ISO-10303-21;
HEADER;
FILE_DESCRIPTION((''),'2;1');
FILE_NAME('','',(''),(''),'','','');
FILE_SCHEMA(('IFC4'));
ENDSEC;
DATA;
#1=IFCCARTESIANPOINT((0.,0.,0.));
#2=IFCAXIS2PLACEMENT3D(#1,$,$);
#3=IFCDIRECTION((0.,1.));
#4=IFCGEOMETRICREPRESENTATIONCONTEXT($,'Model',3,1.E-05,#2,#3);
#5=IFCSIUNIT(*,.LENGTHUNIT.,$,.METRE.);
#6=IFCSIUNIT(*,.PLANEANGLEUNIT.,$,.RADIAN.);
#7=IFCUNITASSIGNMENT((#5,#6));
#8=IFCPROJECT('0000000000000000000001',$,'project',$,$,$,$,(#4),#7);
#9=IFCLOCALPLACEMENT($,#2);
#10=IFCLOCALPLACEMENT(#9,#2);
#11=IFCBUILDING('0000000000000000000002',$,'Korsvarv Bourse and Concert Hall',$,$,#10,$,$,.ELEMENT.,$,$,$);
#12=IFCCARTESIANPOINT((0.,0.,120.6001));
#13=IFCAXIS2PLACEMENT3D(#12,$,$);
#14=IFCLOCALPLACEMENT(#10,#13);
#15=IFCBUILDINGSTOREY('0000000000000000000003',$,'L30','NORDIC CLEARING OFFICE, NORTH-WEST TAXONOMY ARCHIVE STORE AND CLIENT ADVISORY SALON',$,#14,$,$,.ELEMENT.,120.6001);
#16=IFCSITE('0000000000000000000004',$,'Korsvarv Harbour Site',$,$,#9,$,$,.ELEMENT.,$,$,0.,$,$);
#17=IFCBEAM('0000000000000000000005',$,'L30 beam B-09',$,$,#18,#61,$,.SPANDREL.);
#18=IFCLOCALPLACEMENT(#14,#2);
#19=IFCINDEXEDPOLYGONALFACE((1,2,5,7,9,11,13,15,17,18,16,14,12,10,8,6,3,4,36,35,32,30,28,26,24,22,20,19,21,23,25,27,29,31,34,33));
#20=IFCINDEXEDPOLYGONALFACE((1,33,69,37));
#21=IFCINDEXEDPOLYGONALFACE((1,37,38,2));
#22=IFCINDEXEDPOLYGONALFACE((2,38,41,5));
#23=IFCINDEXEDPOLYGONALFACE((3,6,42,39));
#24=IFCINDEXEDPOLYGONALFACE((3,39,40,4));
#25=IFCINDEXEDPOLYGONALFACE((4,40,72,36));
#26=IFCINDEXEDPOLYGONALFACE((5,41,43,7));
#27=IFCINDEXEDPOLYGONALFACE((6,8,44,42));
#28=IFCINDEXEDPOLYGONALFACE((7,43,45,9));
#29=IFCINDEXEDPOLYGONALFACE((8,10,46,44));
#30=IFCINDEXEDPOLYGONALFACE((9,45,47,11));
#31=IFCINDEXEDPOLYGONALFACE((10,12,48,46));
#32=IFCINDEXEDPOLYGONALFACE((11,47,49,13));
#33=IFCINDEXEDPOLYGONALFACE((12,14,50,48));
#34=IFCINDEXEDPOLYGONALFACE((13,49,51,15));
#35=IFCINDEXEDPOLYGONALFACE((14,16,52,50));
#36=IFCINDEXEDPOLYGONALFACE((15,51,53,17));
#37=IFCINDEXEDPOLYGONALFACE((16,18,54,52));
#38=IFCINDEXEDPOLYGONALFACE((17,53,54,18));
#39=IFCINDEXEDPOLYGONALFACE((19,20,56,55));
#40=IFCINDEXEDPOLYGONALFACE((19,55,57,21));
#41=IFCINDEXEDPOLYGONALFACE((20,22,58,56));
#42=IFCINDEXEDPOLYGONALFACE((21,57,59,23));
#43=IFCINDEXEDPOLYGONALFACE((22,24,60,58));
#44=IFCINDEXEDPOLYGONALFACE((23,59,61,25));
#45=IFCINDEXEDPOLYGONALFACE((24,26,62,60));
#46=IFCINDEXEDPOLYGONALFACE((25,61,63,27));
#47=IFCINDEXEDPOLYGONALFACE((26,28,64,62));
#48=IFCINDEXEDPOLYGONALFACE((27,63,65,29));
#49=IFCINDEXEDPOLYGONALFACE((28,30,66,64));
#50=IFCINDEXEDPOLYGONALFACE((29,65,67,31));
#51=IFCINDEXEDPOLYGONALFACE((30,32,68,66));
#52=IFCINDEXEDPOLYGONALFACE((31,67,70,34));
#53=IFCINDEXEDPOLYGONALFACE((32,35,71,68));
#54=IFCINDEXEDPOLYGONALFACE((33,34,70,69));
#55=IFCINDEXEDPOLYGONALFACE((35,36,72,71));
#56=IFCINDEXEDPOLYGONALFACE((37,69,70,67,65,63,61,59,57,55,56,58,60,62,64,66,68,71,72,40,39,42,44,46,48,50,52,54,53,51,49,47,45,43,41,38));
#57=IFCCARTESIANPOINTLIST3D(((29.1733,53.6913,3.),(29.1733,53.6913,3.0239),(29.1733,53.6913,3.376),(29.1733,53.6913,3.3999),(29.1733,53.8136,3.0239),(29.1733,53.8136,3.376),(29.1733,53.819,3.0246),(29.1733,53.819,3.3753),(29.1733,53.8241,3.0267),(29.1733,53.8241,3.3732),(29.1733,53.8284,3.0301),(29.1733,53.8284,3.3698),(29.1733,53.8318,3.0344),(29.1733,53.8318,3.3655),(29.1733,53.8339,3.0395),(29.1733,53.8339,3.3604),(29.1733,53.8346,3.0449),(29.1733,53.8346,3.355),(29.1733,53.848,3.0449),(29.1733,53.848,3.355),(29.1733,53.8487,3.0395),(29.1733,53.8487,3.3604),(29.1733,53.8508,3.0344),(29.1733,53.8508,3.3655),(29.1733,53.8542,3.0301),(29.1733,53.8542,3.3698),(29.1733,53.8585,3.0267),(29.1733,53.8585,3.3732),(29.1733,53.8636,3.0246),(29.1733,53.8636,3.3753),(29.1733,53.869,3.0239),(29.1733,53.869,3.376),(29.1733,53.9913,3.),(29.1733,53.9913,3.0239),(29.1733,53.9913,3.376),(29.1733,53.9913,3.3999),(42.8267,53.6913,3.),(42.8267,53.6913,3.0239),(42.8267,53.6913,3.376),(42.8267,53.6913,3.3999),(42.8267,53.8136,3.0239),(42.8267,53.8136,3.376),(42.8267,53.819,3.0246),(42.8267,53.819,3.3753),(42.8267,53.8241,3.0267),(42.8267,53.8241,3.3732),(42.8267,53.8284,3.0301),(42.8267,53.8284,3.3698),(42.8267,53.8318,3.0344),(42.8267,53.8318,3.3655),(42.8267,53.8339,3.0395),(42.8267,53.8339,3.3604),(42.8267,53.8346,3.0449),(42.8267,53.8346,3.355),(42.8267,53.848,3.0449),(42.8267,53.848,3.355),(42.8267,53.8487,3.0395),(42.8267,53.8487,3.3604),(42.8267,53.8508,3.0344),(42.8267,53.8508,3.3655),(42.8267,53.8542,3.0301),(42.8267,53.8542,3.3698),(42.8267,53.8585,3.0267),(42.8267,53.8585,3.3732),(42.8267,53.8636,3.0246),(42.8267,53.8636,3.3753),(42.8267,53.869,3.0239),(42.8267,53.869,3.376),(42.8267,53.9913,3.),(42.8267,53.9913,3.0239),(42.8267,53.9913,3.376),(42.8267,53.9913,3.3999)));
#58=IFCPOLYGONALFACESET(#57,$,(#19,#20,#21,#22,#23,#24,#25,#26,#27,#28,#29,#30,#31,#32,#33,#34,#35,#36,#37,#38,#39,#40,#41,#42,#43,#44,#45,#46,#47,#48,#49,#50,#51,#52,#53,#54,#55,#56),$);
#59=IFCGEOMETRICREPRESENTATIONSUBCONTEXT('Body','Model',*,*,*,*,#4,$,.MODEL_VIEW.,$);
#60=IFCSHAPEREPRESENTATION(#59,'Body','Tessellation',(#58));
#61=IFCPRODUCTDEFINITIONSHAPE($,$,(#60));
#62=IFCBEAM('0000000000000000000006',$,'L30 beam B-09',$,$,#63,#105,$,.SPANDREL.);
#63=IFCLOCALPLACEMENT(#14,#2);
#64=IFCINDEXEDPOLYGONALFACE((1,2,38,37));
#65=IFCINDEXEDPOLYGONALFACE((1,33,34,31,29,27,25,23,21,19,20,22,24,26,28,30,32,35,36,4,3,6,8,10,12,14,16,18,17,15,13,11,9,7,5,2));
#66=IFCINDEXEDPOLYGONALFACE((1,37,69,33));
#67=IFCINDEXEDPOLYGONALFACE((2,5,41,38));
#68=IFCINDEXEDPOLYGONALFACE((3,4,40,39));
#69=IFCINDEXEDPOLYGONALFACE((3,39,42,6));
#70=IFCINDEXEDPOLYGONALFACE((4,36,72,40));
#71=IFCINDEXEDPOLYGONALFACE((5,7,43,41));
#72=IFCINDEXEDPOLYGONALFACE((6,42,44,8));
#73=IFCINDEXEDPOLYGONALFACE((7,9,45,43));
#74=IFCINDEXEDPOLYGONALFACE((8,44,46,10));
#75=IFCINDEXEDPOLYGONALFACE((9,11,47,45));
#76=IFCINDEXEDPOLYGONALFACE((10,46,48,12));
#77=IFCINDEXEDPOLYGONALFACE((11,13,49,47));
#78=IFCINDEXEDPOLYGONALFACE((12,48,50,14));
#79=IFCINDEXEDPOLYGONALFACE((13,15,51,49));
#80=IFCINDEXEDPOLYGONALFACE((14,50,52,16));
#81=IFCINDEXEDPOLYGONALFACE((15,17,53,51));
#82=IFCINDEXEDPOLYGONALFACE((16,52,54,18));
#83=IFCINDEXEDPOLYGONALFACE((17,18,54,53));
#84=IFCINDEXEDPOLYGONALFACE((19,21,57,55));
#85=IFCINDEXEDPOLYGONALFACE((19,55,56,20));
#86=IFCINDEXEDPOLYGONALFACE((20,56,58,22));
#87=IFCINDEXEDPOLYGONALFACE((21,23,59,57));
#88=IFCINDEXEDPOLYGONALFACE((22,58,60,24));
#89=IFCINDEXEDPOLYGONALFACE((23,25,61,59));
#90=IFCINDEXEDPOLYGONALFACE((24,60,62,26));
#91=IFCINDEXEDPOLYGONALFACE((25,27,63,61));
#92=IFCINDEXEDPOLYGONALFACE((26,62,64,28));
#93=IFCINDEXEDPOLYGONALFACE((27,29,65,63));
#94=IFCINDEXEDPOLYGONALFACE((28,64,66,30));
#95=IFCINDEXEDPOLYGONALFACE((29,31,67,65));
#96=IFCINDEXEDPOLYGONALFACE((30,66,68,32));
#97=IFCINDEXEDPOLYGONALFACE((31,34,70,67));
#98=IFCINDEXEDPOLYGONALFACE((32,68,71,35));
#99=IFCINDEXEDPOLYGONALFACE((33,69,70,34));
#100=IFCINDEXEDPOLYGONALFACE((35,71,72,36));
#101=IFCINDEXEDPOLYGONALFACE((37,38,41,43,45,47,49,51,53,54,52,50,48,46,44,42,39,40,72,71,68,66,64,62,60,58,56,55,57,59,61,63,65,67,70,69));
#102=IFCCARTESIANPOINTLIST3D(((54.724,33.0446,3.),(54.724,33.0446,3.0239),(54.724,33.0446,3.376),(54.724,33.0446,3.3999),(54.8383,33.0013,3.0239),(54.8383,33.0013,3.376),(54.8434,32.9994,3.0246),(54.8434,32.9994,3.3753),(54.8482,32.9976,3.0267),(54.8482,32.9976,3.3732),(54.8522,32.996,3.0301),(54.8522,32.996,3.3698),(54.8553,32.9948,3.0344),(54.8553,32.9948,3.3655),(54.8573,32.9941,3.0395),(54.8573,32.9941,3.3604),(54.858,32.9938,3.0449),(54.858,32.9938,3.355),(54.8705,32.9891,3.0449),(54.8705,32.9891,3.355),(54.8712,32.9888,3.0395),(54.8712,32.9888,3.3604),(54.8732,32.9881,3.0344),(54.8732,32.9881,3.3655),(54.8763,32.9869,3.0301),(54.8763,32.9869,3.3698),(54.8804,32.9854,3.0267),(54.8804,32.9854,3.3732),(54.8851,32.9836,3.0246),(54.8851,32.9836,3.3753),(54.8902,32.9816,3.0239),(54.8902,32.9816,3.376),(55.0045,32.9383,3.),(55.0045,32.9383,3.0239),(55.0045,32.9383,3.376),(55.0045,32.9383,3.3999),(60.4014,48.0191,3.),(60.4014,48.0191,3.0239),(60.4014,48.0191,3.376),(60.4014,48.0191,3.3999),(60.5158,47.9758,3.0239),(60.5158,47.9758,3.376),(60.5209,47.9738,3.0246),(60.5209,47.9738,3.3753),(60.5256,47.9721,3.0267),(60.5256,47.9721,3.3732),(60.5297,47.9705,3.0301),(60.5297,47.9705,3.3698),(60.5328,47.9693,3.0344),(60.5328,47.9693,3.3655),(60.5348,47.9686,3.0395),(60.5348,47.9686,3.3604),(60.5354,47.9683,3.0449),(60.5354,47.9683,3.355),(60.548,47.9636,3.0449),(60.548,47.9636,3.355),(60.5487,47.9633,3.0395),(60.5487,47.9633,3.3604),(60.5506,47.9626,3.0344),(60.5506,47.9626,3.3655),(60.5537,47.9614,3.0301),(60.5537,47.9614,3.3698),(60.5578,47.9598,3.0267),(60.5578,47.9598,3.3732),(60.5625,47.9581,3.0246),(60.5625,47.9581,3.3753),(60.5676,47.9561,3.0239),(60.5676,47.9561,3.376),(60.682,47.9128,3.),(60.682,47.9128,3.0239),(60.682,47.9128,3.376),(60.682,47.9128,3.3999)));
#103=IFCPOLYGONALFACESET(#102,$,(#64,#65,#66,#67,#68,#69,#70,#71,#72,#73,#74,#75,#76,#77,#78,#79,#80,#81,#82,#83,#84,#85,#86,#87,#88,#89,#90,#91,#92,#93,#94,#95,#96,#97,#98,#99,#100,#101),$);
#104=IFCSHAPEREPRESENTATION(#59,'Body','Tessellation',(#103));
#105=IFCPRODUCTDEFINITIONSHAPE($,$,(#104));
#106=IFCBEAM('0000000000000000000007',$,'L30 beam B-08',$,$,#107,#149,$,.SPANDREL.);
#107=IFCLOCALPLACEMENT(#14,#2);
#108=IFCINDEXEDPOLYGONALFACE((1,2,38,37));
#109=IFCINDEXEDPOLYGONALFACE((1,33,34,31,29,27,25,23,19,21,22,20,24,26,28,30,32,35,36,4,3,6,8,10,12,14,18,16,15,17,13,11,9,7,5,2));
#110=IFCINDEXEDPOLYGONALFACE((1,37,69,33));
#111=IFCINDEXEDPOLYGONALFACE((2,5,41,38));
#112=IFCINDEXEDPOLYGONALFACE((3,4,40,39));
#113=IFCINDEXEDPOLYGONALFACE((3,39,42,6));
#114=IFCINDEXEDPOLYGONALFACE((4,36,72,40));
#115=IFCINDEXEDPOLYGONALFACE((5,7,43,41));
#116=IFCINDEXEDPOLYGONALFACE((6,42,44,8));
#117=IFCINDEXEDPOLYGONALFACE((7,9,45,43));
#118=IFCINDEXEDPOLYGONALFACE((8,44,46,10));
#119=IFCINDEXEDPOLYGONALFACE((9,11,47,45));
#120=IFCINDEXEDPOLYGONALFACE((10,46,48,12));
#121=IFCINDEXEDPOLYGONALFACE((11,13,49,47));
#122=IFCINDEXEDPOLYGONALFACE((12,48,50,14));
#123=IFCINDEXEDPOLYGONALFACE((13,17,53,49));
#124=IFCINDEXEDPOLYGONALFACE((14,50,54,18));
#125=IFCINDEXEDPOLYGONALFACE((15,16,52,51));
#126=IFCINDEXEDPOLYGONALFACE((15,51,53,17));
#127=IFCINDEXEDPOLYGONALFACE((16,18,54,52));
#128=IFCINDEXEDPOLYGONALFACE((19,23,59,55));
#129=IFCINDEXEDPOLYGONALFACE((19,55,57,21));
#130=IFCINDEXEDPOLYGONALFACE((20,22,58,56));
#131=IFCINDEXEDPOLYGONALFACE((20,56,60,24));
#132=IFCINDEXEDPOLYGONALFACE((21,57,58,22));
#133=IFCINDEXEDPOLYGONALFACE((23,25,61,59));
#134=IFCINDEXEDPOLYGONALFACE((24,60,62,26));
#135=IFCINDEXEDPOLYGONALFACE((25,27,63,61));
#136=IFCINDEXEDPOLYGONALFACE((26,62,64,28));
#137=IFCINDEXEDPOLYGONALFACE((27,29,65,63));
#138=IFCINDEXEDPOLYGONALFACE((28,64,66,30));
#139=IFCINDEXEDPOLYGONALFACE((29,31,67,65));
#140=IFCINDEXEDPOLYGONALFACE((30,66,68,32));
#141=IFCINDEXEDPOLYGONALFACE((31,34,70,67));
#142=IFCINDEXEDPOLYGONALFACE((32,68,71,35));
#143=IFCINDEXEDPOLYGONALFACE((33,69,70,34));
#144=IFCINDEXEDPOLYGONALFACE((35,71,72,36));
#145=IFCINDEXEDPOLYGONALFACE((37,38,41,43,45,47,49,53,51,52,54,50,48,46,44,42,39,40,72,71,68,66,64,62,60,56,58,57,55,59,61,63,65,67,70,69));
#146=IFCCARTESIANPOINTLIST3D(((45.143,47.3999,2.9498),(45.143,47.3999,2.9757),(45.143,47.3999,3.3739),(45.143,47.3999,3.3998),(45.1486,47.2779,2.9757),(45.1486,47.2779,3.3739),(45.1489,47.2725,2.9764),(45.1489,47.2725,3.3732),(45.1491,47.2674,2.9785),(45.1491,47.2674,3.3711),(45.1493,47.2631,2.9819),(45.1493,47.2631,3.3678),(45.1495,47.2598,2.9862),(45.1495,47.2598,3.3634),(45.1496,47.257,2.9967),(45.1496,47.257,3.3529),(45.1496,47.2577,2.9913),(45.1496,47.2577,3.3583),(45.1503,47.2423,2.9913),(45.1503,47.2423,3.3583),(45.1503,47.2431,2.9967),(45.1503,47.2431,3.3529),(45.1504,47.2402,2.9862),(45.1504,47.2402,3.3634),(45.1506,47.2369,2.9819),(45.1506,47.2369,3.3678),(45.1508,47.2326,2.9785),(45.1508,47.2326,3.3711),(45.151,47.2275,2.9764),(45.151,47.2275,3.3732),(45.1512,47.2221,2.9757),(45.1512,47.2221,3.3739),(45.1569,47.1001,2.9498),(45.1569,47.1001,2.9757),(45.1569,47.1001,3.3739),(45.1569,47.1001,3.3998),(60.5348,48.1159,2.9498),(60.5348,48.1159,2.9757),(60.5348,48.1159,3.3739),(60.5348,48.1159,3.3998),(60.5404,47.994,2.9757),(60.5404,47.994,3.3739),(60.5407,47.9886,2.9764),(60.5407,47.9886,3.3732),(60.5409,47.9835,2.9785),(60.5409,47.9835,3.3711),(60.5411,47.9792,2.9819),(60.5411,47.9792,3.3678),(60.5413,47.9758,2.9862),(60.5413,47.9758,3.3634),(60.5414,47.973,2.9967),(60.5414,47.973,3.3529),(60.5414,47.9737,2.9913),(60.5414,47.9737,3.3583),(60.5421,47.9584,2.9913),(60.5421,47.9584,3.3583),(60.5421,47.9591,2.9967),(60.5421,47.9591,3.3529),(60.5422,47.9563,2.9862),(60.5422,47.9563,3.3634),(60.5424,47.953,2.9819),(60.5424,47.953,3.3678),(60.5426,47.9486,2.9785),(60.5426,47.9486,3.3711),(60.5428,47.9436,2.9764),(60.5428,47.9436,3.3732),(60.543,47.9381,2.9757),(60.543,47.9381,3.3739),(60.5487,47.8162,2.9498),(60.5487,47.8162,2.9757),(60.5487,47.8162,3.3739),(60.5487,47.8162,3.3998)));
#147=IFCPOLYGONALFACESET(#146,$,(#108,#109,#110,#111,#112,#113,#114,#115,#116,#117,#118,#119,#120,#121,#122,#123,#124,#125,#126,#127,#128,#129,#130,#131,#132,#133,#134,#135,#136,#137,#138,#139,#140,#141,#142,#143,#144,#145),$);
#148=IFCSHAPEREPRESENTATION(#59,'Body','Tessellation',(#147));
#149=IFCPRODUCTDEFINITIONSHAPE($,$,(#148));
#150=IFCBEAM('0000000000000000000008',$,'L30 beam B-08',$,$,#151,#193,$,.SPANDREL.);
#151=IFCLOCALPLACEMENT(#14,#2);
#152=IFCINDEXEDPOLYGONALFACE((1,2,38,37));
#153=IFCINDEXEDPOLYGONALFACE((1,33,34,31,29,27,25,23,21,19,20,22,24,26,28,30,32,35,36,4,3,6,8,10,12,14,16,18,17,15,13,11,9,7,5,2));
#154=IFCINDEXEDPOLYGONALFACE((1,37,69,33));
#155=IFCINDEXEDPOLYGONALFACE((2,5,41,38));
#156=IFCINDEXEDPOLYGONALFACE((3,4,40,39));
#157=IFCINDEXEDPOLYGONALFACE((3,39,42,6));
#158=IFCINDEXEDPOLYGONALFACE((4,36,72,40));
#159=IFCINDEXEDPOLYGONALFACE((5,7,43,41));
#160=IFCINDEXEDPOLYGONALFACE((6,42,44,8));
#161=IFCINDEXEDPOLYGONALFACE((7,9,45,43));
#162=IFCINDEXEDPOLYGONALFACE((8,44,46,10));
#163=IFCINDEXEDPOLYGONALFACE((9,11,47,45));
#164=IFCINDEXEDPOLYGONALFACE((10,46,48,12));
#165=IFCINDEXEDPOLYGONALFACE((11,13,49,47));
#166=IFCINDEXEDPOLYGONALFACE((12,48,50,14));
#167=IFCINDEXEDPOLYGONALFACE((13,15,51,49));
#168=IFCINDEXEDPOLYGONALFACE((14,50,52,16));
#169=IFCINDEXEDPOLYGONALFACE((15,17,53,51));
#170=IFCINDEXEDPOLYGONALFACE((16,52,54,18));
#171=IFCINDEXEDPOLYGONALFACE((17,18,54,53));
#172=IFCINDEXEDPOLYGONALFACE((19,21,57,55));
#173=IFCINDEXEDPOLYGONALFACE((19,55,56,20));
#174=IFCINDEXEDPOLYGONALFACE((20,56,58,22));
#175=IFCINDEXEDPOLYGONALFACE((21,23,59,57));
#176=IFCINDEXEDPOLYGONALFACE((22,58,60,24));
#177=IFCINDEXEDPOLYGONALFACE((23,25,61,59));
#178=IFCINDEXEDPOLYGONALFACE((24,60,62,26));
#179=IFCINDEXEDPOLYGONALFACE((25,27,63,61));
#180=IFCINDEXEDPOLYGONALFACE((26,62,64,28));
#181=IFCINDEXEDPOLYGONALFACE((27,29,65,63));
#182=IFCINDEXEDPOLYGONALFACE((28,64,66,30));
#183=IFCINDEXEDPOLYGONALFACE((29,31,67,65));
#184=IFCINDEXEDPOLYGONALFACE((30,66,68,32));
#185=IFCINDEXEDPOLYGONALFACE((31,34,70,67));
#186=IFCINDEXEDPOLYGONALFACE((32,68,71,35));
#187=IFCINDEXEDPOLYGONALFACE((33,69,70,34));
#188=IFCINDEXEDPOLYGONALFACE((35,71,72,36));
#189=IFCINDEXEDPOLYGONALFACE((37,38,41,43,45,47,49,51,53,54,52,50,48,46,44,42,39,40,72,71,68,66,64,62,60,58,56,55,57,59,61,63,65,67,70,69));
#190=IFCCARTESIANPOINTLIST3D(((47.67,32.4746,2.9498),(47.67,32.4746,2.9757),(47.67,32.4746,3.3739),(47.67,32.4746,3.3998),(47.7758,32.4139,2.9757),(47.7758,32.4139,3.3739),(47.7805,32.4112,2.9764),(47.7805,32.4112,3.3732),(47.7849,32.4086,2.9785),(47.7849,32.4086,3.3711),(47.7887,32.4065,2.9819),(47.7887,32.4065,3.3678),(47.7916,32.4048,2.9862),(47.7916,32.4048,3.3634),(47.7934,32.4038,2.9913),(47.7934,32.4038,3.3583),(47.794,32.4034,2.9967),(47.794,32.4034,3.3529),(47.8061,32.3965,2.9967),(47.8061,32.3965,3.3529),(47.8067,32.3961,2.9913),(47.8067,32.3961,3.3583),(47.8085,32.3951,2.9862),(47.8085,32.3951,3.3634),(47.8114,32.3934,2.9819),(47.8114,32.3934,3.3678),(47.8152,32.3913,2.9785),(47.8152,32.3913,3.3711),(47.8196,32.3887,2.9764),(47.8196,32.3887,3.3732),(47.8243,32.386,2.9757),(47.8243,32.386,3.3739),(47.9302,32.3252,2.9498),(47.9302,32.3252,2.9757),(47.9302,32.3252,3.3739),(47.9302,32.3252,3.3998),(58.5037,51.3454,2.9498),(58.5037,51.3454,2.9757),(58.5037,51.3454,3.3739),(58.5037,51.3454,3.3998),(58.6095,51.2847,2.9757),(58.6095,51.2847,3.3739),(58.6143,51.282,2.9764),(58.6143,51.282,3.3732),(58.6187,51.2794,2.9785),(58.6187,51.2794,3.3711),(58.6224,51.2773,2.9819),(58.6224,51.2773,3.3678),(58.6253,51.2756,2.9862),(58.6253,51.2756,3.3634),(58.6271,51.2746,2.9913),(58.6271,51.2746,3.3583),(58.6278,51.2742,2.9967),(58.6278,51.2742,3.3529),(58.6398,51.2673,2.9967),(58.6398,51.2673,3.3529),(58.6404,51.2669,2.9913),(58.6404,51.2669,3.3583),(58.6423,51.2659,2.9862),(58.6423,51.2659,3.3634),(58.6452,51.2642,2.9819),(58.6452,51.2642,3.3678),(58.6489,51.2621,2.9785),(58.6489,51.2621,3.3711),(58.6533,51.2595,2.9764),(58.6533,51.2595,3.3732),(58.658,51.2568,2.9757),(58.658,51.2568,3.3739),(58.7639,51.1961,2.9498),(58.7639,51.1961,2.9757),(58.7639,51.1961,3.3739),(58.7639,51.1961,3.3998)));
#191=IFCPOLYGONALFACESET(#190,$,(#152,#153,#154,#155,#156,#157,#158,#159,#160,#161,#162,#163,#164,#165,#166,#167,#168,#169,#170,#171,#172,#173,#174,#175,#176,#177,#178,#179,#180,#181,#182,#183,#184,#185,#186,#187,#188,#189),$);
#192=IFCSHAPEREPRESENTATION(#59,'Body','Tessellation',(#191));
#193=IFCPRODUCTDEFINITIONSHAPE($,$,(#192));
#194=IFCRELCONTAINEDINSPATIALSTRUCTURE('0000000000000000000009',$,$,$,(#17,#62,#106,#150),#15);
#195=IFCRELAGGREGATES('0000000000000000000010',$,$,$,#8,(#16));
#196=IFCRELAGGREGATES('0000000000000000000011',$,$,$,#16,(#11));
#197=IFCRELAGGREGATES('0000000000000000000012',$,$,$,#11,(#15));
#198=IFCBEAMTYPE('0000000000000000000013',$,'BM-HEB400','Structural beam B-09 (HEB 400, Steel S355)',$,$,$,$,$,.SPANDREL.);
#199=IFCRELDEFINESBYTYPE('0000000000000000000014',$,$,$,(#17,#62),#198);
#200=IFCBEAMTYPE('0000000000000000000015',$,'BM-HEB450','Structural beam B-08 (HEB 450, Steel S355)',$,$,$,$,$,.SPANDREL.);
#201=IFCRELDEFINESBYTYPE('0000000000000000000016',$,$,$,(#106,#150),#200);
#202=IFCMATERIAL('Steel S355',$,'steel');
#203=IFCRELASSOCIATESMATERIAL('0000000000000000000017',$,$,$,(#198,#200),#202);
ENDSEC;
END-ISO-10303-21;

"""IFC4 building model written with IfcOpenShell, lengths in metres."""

from ifc_helpers import new_model, si_unit, direction, frame, origin, origin_2d, place, context, subcontext, project, spatial, i_section, extrude, source, transform, mapped, material, material_profile, profile_set, type_object, element, save


model = new_model("IFC4")

# Units and contexts
model_context = context("Model", 3, precision=1e-05, world=origin(), true_north=direction((0.0, 1.0)))
body_context = subcontext(model_context, "Body", "Model", "MODEL_VIEW")
ifc_project = project(units=[si_unit("LENGTHUNIT", "METRE"), si_unit("PLANEANGLEUNIT", "RADIAN")], contexts=[model_context])

# Site, building, storey
site_placement = place(None, origin())
site = spatial("IfcSite", under=ifc_project, at=site_placement, Name="Korsvarv Harbour Site", CompositionType="ELEMENT", RefElevation=0.0)
building_placement = place(site_placement, origin())
building = spatial("IfcBuilding", under=site, at=building_placement, Name="Korsvarv Bourse and Concert Hall", CompositionType="ELEMENT")
storey_placement = place(building_placement, frame((0.0, 0.0, 120.6001)))
storey = spatial("IfcBuildingStorey", under=building, at=storey_placement, Name="L30", Description="NORDIC CLEARING OFFICE, NORTH-WEST TAXONOMY ARCHIVE STORE AND CLIENT ADVISORY SALON", CompositionType="ELEMENT", Elevation=120.6001)

# Beams
ifc_material_1 = material(Name="Steel S355", Category="steel")
ifc_material_profile_1 = material_profile(ifc_material_1, i_section(OverallWidth=0.3, OverallDepth=0.3999, WebThickness=0.0134, FlangeThickness=0.0239, FilletRadius=0.021, at=origin_2d()), Name="HEB 400")
ifc_profile_set_1 = profile_set([ifc_material_profile_1], Name="Steel S355")
beam_type_1 = type_object("IfcBeamType", Name="BM-HEB400", Description="Structural beam B-09 (HEB 400, Steel S355)", PredefinedType="SPANDREL", material=ifc_profile_set_1)
shared_shape_1 = source(origin(), body_context, "Body", "SweptSolid", [
    extrude(i_section(OverallWidth=0.3, OverallDepth=0.3999, WebThickness=0.0134, FlangeThickness=0.0239, FilletRadius=0.021, at=origin_2d()), origin(), (0.0, 0.0, 1.0), 13.6533),
])
beam_1_placement = place(storey_placement, frame((42.8267, 53.8413, 3.2), z_axis=(-1.0, 0.0, 0.0), x_axis=(0.0, -1.0, 0.0)))
element("IfcBeam", 1, at=beam_1_placement, inside=storey, type_object=beam_type_1, Name="L30 beam B-09", PredefinedType="SPANDREL", context=body_context, shape_type="MappedRepresentation", body=[
    mapped(shared_shape_1, transform((0.0, 0.0, 0.0), scale=1.0)),
])
shared_shape_2 = source(origin(), body_context, "Body", "SweptSolid", [
    extrude(i_section(OverallWidth=0.3, OverallDepth=0.3999, WebThickness=0.0134, FlangeThickness=0.0239, FilletRadius=0.021, at=origin_2d()), origin(), (0.0, 0.0, 1.0), 16.0146),
])
beam_2_placement = place(storey_placement, frame((54.8643, 32.9915, 3.2), z_axis=(0.354516, 0.93505, 0.0), x_axis=(-0.93505, 0.354516, 0.0)))
element("IfcBeam", 2, at=beam_2_placement, inside=storey, type_object=beam_type_1, Name="L30 beam B-09", PredefinedType="SPANDREL", context=body_context, shape_type="MappedRepresentation", body=[
    mapped(shared_shape_2, transform((0.0, 0.0, 0.0), scale=1.0)),
])
ifc_material_profile_2 = material_profile(ifc_material_1, i_section(OverallWidth=0.3, OverallDepth=0.45, WebThickness=0.0139, FlangeThickness=0.0259, FilletRadius=0.021, at=origin_2d()), Name="HEB 450")
ifc_profile_set_2 = profile_set([ifc_material_profile_2], Name="Steel S355")
beam_type_2 = type_object("IfcBeamType", Name="BM-HEB450", Description="Structural beam B-08 (HEB 450, Steel S355)", PredefinedType="SPANDREL", material=ifc_profile_set_2)
shared_shape_3 = source(origin(), body_context, "Body", "SweptSolid", [
    extrude(i_section(OverallWidth=0.3, OverallDepth=0.45, WebThickness=0.0139, FlangeThickness=0.0259, FilletRadius=0.021, at=origin_2d()), origin(), (0.0, 0.0, 1.0), 15.4084),
])
beam_3_placement = place(storey_placement, frame((60.5417, 47.9661, 3.1748), z_axis=(-0.99892, -0.046472, 0.0), x_axis=(0.046472, -0.99892, 0.0)))
element("IfcBeam", 3, at=beam_3_placement, inside=storey, type_object=beam_type_2, Name="L30 beam B-08", PredefinedType="SPANDREL", context=body_context, shape_type="MappedRepresentation", body=[
    mapped(shared_shape_3, transform((0.0, 0.0, 0.0), scale=1.0)),
])
shared_shape_4 = source(origin(), body_context, "Body", "SweptSolid", [
    extrude(i_section(OverallWidth=0.3, OverallDepth=0.45, WebThickness=0.0139, FlangeThickness=0.0259, FilletRadius=0.021, at=origin_2d()), origin(), (0.0, 0.0, 1.0), 21.7595),
])
beam_4_placement = place(storey_placement, frame((58.6338, 51.2708, 3.1748), z_axis=(-0.497884, -0.867244, 0.0), x_axis=(0.867244, -0.497884, 0.0)))
element("IfcBeam", 4, at=beam_4_placement, inside=storey, type_object=beam_type_2, Name="L30 beam B-08", PredefinedType="SPANDREL", context=body_context, shape_type="MappedRepresentation", body=[
    mapped(shared_shape_4, transform((0.0, 0.0, 0.0), scale=1.0)),
])

save(model, "model.ifc")
